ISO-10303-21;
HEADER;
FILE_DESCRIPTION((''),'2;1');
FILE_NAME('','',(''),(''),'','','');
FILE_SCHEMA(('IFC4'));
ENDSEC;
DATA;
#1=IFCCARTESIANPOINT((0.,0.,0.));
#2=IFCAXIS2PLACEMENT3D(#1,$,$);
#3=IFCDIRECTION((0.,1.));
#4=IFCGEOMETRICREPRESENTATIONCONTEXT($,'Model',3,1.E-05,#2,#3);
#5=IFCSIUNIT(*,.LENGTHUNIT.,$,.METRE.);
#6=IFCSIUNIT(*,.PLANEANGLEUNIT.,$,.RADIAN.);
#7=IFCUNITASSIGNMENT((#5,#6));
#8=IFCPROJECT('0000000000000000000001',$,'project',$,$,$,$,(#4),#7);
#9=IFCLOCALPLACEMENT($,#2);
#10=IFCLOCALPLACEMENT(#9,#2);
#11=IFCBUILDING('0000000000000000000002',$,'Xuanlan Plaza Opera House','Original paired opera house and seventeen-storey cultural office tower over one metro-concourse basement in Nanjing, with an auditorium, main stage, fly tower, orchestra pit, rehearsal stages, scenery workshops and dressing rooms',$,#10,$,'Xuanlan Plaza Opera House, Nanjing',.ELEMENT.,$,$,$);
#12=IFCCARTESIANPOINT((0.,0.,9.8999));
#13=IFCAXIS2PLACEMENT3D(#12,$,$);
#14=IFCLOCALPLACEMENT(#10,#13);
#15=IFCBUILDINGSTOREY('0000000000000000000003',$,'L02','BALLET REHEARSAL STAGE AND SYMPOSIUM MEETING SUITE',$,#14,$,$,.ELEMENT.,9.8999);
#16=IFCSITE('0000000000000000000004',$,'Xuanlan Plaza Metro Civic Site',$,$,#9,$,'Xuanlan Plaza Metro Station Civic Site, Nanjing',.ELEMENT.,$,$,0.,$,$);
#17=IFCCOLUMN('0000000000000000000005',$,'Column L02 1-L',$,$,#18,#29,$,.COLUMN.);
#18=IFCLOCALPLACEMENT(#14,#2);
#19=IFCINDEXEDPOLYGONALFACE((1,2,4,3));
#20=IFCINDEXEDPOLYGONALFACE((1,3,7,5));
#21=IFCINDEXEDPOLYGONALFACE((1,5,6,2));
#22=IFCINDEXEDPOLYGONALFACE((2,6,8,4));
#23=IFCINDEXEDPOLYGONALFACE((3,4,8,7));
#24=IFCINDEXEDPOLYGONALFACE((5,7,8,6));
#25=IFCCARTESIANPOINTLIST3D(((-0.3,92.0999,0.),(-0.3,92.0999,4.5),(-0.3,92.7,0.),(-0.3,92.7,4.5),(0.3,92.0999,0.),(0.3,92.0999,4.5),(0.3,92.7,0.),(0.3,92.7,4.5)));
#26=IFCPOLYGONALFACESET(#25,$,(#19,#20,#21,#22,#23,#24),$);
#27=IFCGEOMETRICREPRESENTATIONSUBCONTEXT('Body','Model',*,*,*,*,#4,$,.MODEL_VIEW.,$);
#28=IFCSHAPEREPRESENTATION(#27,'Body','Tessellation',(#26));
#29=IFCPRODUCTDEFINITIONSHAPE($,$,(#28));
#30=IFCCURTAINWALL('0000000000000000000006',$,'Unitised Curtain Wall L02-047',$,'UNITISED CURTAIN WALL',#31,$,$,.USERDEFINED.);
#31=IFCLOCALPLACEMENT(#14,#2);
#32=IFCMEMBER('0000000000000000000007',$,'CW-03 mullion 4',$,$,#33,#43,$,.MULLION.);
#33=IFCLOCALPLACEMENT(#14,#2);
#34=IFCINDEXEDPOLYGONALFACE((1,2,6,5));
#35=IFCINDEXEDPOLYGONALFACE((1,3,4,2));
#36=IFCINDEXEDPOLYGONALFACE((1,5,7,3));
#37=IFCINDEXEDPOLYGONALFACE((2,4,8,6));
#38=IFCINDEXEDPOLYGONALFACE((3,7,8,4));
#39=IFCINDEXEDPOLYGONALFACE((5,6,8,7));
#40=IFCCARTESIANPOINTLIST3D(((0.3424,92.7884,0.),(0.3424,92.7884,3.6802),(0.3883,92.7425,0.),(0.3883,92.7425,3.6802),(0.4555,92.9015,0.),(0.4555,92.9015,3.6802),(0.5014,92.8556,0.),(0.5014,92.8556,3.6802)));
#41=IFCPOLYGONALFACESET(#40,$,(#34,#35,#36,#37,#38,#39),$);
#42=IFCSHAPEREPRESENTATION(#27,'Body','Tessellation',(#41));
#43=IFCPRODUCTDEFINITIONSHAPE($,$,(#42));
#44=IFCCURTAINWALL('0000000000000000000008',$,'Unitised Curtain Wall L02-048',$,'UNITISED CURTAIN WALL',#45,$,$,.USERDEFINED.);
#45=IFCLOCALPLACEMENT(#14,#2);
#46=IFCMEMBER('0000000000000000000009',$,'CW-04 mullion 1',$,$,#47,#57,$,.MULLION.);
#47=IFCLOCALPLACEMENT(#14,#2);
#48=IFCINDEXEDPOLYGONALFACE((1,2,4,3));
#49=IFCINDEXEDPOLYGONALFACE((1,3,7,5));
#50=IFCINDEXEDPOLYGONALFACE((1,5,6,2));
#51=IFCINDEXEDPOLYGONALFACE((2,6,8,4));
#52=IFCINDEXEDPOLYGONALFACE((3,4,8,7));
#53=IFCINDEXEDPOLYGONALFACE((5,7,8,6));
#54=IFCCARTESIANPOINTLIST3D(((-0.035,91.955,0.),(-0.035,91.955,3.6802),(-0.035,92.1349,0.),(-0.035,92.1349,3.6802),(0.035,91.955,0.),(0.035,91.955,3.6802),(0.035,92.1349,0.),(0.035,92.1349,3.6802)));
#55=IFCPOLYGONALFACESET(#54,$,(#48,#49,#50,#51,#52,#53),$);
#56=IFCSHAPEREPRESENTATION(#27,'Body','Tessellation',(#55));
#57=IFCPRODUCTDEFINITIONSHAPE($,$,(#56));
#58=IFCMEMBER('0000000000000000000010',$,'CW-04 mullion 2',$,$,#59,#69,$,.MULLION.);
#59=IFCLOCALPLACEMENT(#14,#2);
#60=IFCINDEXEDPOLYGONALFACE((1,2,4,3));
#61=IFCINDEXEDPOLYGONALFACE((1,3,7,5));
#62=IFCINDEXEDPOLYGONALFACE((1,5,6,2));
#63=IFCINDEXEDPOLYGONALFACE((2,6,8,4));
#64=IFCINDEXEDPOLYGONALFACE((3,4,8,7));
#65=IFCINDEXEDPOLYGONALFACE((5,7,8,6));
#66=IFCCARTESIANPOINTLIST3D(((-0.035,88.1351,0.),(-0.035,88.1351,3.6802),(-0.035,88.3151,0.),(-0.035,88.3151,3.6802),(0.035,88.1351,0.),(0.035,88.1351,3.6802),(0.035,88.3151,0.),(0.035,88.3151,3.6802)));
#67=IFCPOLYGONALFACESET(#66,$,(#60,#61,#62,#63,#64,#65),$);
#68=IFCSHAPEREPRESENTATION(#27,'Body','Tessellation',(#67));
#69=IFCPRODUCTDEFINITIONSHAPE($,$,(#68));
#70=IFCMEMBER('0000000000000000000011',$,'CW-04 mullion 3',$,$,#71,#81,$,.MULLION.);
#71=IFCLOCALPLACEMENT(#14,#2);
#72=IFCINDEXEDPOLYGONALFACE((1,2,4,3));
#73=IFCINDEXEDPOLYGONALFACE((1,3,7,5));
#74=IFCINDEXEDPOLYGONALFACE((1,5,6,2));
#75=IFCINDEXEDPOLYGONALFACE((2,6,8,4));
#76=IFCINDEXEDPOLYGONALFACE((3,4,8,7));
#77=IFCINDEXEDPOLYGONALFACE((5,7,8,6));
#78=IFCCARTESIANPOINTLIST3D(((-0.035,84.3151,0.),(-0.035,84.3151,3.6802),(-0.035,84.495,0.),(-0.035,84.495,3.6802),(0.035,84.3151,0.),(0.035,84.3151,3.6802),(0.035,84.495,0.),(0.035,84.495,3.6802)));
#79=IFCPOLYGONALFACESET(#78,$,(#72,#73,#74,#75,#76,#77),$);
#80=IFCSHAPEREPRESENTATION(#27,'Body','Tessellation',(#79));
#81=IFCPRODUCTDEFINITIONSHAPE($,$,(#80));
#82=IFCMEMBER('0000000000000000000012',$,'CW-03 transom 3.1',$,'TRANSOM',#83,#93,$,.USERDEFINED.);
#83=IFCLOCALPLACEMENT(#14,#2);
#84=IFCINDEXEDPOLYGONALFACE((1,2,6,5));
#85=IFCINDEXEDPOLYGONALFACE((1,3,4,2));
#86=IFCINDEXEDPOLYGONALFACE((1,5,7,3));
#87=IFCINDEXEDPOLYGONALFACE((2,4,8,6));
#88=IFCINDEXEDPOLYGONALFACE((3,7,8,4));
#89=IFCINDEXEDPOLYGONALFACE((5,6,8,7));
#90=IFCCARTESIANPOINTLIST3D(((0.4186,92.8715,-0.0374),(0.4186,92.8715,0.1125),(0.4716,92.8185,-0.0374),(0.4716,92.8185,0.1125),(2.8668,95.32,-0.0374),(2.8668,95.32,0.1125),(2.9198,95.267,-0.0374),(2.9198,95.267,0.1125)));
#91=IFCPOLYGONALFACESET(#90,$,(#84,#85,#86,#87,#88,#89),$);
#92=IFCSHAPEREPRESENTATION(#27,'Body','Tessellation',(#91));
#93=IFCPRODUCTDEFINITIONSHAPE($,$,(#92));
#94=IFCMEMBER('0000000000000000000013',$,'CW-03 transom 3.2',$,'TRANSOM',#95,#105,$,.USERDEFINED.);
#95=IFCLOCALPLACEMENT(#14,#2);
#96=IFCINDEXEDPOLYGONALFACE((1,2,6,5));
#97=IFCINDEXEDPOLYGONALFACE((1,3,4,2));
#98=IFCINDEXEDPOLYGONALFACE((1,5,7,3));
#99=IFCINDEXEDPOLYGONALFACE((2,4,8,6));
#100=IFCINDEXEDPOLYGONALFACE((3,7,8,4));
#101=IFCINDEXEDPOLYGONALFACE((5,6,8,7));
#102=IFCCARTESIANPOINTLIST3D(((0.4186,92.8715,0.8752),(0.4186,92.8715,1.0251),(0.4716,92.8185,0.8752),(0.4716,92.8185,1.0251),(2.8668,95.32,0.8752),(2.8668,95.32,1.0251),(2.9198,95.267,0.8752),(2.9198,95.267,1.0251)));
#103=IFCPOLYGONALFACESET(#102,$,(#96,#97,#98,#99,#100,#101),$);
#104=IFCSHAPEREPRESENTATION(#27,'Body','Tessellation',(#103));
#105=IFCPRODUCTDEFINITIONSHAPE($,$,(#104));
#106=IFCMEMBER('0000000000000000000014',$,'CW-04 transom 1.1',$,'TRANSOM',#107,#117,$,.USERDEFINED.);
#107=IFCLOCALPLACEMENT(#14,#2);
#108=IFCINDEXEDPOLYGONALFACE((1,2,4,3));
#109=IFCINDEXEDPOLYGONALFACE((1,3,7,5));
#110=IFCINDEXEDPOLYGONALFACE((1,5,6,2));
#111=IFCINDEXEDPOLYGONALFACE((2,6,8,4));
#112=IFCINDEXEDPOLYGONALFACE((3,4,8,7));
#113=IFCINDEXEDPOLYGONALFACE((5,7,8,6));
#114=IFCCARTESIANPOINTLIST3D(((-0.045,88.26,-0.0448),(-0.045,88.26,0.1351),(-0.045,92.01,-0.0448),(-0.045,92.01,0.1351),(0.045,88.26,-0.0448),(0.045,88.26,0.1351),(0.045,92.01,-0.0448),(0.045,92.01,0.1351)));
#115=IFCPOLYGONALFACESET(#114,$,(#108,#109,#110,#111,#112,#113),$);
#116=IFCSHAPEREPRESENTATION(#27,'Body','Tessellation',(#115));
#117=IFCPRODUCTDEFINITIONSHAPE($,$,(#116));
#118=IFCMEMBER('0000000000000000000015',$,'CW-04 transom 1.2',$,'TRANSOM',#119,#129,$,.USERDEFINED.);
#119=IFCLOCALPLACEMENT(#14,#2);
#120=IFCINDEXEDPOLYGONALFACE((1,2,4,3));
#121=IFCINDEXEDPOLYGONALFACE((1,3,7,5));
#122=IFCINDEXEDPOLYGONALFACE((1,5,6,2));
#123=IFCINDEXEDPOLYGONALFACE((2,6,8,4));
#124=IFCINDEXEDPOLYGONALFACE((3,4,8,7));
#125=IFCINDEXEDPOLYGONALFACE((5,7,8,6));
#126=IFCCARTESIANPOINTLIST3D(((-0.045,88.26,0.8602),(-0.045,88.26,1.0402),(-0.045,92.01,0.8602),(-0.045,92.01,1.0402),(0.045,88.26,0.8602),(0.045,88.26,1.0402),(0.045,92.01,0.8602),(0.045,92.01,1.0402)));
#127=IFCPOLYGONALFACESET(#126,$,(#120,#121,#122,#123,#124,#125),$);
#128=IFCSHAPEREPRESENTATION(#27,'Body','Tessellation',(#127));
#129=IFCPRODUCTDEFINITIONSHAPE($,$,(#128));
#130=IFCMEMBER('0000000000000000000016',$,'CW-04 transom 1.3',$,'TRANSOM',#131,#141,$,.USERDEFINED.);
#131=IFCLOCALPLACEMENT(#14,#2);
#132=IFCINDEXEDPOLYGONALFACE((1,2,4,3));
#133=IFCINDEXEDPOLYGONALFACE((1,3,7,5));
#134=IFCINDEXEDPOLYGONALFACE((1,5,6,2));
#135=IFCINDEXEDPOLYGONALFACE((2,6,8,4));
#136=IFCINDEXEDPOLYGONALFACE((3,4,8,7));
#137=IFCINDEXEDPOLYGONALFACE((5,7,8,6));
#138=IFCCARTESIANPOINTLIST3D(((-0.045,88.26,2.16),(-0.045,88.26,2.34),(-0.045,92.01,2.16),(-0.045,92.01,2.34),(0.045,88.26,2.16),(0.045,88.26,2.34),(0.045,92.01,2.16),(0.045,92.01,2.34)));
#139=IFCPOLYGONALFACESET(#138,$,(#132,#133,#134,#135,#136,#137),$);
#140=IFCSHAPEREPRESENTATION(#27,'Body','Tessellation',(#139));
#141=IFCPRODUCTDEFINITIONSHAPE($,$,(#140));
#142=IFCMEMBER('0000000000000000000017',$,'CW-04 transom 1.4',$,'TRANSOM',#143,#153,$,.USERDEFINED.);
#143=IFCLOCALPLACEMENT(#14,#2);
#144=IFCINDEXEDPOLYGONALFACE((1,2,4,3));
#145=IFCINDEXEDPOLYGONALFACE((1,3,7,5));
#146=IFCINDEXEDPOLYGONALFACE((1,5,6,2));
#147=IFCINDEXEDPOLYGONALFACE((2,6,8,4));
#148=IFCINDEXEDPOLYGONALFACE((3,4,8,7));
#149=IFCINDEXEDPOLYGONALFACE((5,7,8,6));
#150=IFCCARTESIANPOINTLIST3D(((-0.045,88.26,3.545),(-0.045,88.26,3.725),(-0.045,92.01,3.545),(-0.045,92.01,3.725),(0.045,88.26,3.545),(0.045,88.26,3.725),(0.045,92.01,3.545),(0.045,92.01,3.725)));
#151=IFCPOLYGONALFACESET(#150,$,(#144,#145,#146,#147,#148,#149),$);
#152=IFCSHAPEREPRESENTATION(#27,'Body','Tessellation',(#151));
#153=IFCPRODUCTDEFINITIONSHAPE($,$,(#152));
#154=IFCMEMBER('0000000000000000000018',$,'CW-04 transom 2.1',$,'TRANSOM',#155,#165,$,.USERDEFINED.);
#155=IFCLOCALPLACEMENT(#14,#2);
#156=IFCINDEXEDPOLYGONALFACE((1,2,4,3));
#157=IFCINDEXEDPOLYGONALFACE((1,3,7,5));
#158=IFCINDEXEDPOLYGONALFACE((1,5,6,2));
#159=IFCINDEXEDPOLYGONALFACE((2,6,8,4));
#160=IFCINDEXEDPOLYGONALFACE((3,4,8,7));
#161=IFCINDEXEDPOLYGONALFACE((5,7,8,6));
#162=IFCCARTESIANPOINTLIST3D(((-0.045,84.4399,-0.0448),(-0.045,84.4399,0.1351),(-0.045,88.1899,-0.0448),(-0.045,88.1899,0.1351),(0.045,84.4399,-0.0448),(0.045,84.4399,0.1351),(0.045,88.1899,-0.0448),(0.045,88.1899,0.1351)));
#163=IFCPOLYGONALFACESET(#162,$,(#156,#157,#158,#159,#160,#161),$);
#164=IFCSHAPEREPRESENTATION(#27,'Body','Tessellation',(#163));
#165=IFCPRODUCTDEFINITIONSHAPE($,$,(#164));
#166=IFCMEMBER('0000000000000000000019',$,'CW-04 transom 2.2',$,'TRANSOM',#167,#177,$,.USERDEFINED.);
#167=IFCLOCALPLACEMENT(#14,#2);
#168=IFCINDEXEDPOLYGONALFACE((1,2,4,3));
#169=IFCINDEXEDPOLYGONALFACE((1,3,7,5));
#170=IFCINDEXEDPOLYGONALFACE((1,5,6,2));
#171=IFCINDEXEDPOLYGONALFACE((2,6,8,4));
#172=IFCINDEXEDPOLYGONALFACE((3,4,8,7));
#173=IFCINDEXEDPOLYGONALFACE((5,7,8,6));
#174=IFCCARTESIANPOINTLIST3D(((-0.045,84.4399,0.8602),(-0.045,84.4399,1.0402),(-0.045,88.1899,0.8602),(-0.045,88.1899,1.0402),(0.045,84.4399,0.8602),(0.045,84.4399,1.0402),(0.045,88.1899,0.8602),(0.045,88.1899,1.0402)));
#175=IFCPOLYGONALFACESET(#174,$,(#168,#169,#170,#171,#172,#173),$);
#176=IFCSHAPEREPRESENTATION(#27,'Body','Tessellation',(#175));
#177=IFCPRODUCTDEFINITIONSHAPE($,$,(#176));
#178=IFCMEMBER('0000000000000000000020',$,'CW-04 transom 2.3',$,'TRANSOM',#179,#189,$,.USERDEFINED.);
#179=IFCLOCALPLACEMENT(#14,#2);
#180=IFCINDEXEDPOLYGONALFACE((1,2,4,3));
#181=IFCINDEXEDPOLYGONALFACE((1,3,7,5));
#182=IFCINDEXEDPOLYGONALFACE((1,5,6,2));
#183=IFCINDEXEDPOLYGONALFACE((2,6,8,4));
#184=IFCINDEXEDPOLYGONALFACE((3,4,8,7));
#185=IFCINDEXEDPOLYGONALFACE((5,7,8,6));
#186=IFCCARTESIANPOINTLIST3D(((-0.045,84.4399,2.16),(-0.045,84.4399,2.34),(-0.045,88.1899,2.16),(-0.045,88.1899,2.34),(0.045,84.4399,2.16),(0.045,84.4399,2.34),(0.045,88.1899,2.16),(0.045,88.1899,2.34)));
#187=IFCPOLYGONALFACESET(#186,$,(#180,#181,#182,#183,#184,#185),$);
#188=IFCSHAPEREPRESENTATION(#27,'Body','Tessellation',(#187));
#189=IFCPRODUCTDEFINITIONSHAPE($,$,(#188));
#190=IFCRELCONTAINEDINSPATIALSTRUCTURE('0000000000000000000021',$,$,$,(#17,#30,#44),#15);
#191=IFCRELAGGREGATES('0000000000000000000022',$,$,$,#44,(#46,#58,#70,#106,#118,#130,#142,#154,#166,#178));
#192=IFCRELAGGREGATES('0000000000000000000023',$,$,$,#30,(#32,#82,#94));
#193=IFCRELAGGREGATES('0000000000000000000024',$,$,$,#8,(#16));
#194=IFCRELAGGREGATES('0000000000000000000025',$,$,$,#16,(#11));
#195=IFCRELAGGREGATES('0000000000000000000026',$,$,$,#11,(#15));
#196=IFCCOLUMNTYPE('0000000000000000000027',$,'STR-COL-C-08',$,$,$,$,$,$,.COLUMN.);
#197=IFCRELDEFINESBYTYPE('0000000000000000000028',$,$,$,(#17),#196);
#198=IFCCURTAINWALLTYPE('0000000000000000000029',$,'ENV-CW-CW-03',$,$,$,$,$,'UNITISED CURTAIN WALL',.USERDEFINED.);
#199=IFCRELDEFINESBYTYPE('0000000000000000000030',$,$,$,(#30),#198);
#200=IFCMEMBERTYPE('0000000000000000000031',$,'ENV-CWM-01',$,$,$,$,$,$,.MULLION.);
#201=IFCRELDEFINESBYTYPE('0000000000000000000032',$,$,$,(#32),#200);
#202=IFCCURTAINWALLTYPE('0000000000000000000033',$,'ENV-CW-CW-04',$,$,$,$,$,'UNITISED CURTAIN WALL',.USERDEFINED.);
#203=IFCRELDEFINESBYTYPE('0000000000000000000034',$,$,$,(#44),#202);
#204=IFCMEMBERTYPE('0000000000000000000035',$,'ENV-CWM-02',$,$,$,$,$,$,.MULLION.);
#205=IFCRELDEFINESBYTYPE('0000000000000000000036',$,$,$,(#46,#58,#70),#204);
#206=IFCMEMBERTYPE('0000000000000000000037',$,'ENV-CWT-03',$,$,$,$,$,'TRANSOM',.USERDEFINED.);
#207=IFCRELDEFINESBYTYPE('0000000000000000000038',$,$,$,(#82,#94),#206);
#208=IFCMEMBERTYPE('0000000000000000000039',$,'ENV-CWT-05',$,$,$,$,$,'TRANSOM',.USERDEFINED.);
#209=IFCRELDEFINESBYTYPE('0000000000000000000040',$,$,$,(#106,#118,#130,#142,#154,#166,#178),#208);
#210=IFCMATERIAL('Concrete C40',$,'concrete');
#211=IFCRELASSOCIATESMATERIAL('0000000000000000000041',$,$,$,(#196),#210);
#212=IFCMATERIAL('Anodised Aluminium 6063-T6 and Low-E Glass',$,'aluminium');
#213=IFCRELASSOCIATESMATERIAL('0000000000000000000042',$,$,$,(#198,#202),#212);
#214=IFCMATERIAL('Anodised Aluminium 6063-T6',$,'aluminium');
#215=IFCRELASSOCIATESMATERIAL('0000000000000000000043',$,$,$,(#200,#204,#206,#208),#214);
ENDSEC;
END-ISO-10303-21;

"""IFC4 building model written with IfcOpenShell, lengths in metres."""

from ifc_helpers import new_model, si_unit, direction, frame, origin, origin_2d, place, context, subcontext, project, spatial, rectangle, extrude, material, material_profile, profile_set, type_object, element, aggregate, save


model = new_model("IFC4")

# Units and contexts
model_context = context("Model", 3, precision=1e-05, world=origin(), true_north=direction((0.0, 1.0)))
body_context = subcontext(model_context, "Body", "Model", "MODEL_VIEW")
ifc_project = project(units=[si_unit("LENGTHUNIT", "METRE"), si_unit("PLANEANGLEUNIT", "RADIAN")], contexts=[model_context])

# Site, building, storey
site_placement = place(None, origin())
site = spatial("IfcSite", under=ifc_project, at=site_placement, Name="Xuanlan Plaza Metro Civic Site", LongName="Xuanlan Plaza Metro Station Civic Site, Nanjing", CompositionType="ELEMENT", RefElevation=0.0)
building_placement = place(site_placement, origin())
building = spatial("IfcBuilding", under=site, at=building_placement, Name="Xuanlan Plaza Opera House", Description="Original paired opera house and seventeen-storey cultural office tower over one metro-concourse basement in Nanjing, with an auditorium, main stage, fly tower, orchestra pit, rehearsal stages, scenery workshops and dressing rooms", LongName="Xuanlan Plaza Opera House, Nanjing", CompositionType="ELEMENT")
storey_placement = place(building_placement, frame((0.0, 0.0, 9.8999)))
storey = spatial("IfcBuildingStorey", under=building, at=storey_placement, Name="L02", Description="BALLET REHEARSAL STAGE AND SYMPOSIUM MEETING SUITE", CompositionType="ELEMENT", Elevation=9.8999)

# Column
ifc_material_1 = material(Name="Concrete C40", Category="concrete")
ifc_material_profile_1 = material_profile(ifc_material_1, rectangle(XDim=0.6001, YDim=0.6001, at=origin_2d()), Name="RC-COL 600x600")
ifc_profile_set_1 = profile_set([ifc_material_profile_1], Name="Concrete C40")
column_type = type_object("IfcColumnType", Name="STR-COL-C-08", PredefinedType="COLUMN", material=ifc_profile_set_1)
column_placement = place(storey_placement, frame((0.0, 92.3999, 0.0), z_axis=(0.0, 0.0, 1.0), x_axis=(1.0, 0.0, 0.0)))
element("IfcColumn", 1, at=column_placement, inside=storey, type_object=column_type, Name="Column L02 1-L", PredefinedType="COLUMN", context=body_context, shape_type="SweptSolid", body=[
    extrude(rectangle(XDim=0.6001, YDim=0.6001, at=origin_2d()), origin(), (0.0, 0.0, 1.0), 4.5),
])

# Curtain wall, member
ifc_material_2 = material(Name="Anodised Aluminium 6063-T6 and Low-E Glass", Category="aluminium")
curtain_wall_type_1 = type_object("IfcCurtainWallType", Name="ENV-CW-CW-03", ElementType="UNITISED CURTAIN WALL", PredefinedType="USERDEFINED", material=ifc_material_2)
curtain_wall_1_placement = place(storey_placement, origin())
curtain_wall_1 = element("IfcCurtainWall", 2, at=curtain_wall_1_placement, inside=storey, type_object=curtain_wall_type_1, Name="Unitised Curtain Wall L02-047", ObjectType="UNITISED CURTAIN WALL", PredefinedType="USERDEFINED")
ifc_material_3 = material(Name="Anodised Aluminium 6063-T6", Category="aluminium")
ifc_material_profile_2 = material_profile(ifc_material_3, rectangle(XDim=0.0649, YDim=0.1599, at=origin_2d()), Name="ALU-M 65x160")
ifc_profile_set_2 = profile_set([ifc_material_profile_2], Name="Anodised Aluminium 6063-T6")
member_type_1 = type_object("IfcMemberType", Name="ENV-CWM-01", PredefinedType="MULLION", material=ifc_profile_set_2)
member_1_placement = place(storey_placement, frame((0.4219, 92.822, 0.0), z_axis=(0.0, 0.0, 1.0), x_axis=(0.707107, -0.707107, 0.0)))
member_1 = element("IfcMember", 3, at=member_1_placement, type_object=member_type_1, Name="CW-03 mullion 4", PredefinedType="MULLION", context=body_context, shape_type="SweptSolid", body=[
    extrude(rectangle(XDim=0.0649, YDim=0.1599, at=origin_2d()), origin(), (0.0, 0.0, 1.0), 3.6802),
])

# Curtain wall, members
curtain_wall_type_2 = type_object("IfcCurtainWallType", Name="ENV-CW-CW-04", ElementType="UNITISED CURTAIN WALL", PredefinedType="USERDEFINED", material=ifc_material_2)
curtain_wall_2_placement = place(storey_placement, origin())
curtain_wall_2 = element("IfcCurtainWall", 4, at=curtain_wall_2_placement, inside=storey, type_object=curtain_wall_type_2, Name="Unitised Curtain Wall L02-048", ObjectType="UNITISED CURTAIN WALL", PredefinedType="USERDEFINED")
ifc_material_profile_3 = material_profile(ifc_material_3, rectangle(XDim=0.0701, YDim=0.1799, at=origin_2d()), Name="ALU-M 70x180")
ifc_profile_set_3 = profile_set([ifc_material_profile_3], Name="Anodised Aluminium 6063-T6")
member_type_2 = type_object("IfcMemberType", Name="ENV-CWM-02", PredefinedType="MULLION", material=ifc_profile_set_3)
member_2_placement = place(storey_placement, frame((0.0, 92.0449, 0.0), z_axis=(0.0, 0.0, 1.0), x_axis=(1.0, 0.0, 0.0)))
member_2 = element("IfcMember", 5, at=member_2_placement, type_object=member_type_2, Name="CW-04 mullion 1", PredefinedType="MULLION", context=body_context, shape_type="SweptSolid", body=[
    extrude(rectangle(XDim=0.0701, YDim=0.1799, at=origin_2d()), origin(), (0.0, 0.0, 1.0), 3.6802),
])
member_3_placement = place(storey_placement, frame((0.0, 88.2251, 0.0), z_axis=(0.0, 0.0, 1.0), x_axis=(1.0, 0.0, 0.0)))
member_3 = element("IfcMember", 6, at=member_3_placement, type_object=member_type_2, Name="CW-04 mullion 2", PredefinedType="MULLION", context=body_context, shape_type="SweptSolid", body=[
    extrude(rectangle(XDim=0.0701, YDim=0.1799, at=origin_2d()), origin(), (0.0, 0.0, 1.0), 3.6802),
])
member_4_placement = place(storey_placement, frame((0.0, 84.405, 0.0), z_axis=(0.0, 0.0, 1.0), x_axis=(1.0, 0.0, 0.0)))
member_4 = element("IfcMember", 7, at=member_4_placement, type_object=member_type_2, Name="CW-04 mullion 3", PredefinedType="MULLION", context=body_context, shape_type="SweptSolid", body=[
    extrude(rectangle(XDim=0.0701, YDim=0.1799, at=origin_2d()), origin(), (0.0, 0.0, 1.0), 3.6802),
])

# Members
ifc_material_profile_4 = material_profile(ifc_material_3, rectangle(XDim=0.075, YDim=0.1499, at=origin_2d()), Name="ALU-T 75x150")
ifc_profile_set_4 = profile_set([ifc_material_profile_4], Name="Anodised Aluminium 6063-T6")
member_type_3 = type_object("IfcMemberType", Name="ENV-CWT-03", ElementType="TRANSOM", PredefinedType="USERDEFINED", material=ifc_profile_set_4)
member_5_placement = place(storey_placement, frame((2.8933, 95.2935, 0.0376), z_axis=(-0.707072, -0.707142, 0.0), x_axis=(0.707142, -0.707072, 0.0)))
member_5 = element("IfcMember", 8, at=member_5_placement, type_object=member_type_3, Name="CW-03 transom 3.1", ObjectType="TRANSOM", PredefinedType="USERDEFINED", context=body_context, shape_type="SweptSolid", body=[
    extrude(rectangle(XDim=0.075, YDim=0.1499, at=origin_2d()), origin(), (0.0, 0.0, 1.0), 3.4624),
])
member_6_placement = place(storey_placement, frame((2.8933, 95.2935, 0.9502), z_axis=(-0.707072, -0.707142, 0.0), x_axis=(0.707142, -0.707072, 0.0)))
member_6 = element("IfcMember", 9, at=member_6_placement, type_object=member_type_3, Name="CW-03 transom 3.2", ObjectType="TRANSOM", PredefinedType="USERDEFINED", context=body_context, shape_type="SweptSolid", body=[
    extrude(rectangle(XDim=0.075, YDim=0.1499, at=origin_2d()), origin(), (0.0, 0.0, 1.0), 3.4624),
])
ifc_material_profile_5 = material_profile(ifc_material_3, rectangle(XDim=0.0901, YDim=0.1799, at=origin_2d()), Name="ALU-T 90x180")
ifc_profile_set_5 = profile_set([ifc_material_profile_5], Name="Anodised Aluminium 6063-T6")
member_type_4 = type_object("IfcMemberType", Name="ENV-CWT-05", ElementType="TRANSOM", PredefinedType="USERDEFINED", material=ifc_profile_set_5)
member_7_placement = place(storey_placement, frame((0.0, 92.01, 0.0452), z_axis=(0.0, -1.0, 0.0), x_axis=(1.0, 0.0, 0.0)))
member_7 = element("IfcMember", 10, at=member_7_placement, type_object=member_type_4, Name="CW-04 transom 1.1", ObjectType="TRANSOM", PredefinedType="USERDEFINED", context=body_context, shape_type="SweptSolid", body=[
    extrude(rectangle(XDim=0.0901, YDim=0.1799, at=origin_2d()), origin(), (0.0, 0.0, 1.0), 3.75),
])
member_8_placement = place(storey_placement, frame((0.0, 92.01, 0.9502), z_axis=(0.0, -1.0, 0.0), x_axis=(1.0, 0.0, 0.0)))
member_8 = element("IfcMember", 11, at=member_8_placement, type_object=member_type_4, Name="CW-04 transom 1.2", ObjectType="TRANSOM", PredefinedType="USERDEFINED", context=body_context, shape_type="SweptSolid", body=[
    extrude(rectangle(XDim=0.0901, YDim=0.1799, at=origin_2d()), origin(), (0.0, 0.0, 1.0), 3.75),
])
member_9_placement = place(storey_placement, frame((0.0, 92.01, 2.25), z_axis=(0.0, -1.0, 0.0), x_axis=(1.0, 0.0, 0.0)))
member_9 = element("IfcMember", 12, at=member_9_placement, type_object=member_type_4, Name="CW-04 transom 1.3", ObjectType="TRANSOM", PredefinedType="USERDEFINED", context=body_context, shape_type="SweptSolid", body=[
    extrude(rectangle(XDim=0.0901, YDim=0.1799, at=origin_2d()), origin(), (0.0, 0.0, 1.0), 3.75),
])
member_10_placement = place(storey_placement, frame((0.0, 92.01, 3.635), z_axis=(0.0, -1.0, 0.0), x_axis=(1.0, 0.0, 0.0)))
member_10 = element("IfcMember", 13, at=member_10_placement, type_object=member_type_4, Name="CW-04 transom 1.4", ObjectType="TRANSOM", PredefinedType="USERDEFINED", context=body_context, shape_type="SweptSolid", body=[
    extrude(rectangle(XDim=0.0901, YDim=0.1799, at=origin_2d()), origin(), (0.0, 0.0, 1.0), 3.75),
])
member_11_placement = place(storey_placement, frame((0.0, 88.1899, 0.0452), z_axis=(0.0, -1.0, 0.0), x_axis=(1.0, 0.0, 0.0)))
member_11 = element("IfcMember", 14, at=member_11_placement, type_object=member_type_4, Name="CW-04 transom 2.1", ObjectType="TRANSOM", PredefinedType="USERDEFINED", context=body_context, shape_type="SweptSolid", body=[
    extrude(rectangle(XDim=0.0901, YDim=0.1799, at=origin_2d()), origin(), (0.0, 0.0, 1.0), 3.75),
])
member_12_placement = place(storey_placement, frame((0.0, 88.1899, 0.9502), z_axis=(0.0, -1.0, 0.0), x_axis=(1.0, 0.0, 0.0)))
member_12 = element("IfcMember", 15, at=member_12_placement, type_object=member_type_4, Name="CW-04 transom 2.2", ObjectType="TRANSOM", PredefinedType="USERDEFINED", context=body_context, shape_type="SweptSolid", body=[
    extrude(rectangle(XDim=0.0901, YDim=0.1799, at=origin_2d()), origin(), (0.0, 0.0, 1.0), 3.75),
])
member_13_placement = place(storey_placement, frame((0.0, 88.1899, 2.25), z_axis=(0.0, -1.0, 0.0), x_axis=(1.0, 0.0, 0.0)))
member_13 = element("IfcMember", 16, at=member_13_placement, type_object=member_type_4, Name="CW-04 transom 2.3", ObjectType="TRANSOM", PredefinedType="USERDEFINED", context=body_context, shape_type="SweptSolid", body=[
    extrude(rectangle(XDim=0.0901, YDim=0.1799, at=origin_2d()), origin(), (0.0, 0.0, 1.0), 3.75),
])

aggregate(curtain_wall_2, [member_2, member_3, member_4, member_7, member_8, member_9, member_10, member_11, member_12, member_13])
aggregate(curtain_wall_1, [member_1, member_5, member_6])

save(model, "model.ifc")
